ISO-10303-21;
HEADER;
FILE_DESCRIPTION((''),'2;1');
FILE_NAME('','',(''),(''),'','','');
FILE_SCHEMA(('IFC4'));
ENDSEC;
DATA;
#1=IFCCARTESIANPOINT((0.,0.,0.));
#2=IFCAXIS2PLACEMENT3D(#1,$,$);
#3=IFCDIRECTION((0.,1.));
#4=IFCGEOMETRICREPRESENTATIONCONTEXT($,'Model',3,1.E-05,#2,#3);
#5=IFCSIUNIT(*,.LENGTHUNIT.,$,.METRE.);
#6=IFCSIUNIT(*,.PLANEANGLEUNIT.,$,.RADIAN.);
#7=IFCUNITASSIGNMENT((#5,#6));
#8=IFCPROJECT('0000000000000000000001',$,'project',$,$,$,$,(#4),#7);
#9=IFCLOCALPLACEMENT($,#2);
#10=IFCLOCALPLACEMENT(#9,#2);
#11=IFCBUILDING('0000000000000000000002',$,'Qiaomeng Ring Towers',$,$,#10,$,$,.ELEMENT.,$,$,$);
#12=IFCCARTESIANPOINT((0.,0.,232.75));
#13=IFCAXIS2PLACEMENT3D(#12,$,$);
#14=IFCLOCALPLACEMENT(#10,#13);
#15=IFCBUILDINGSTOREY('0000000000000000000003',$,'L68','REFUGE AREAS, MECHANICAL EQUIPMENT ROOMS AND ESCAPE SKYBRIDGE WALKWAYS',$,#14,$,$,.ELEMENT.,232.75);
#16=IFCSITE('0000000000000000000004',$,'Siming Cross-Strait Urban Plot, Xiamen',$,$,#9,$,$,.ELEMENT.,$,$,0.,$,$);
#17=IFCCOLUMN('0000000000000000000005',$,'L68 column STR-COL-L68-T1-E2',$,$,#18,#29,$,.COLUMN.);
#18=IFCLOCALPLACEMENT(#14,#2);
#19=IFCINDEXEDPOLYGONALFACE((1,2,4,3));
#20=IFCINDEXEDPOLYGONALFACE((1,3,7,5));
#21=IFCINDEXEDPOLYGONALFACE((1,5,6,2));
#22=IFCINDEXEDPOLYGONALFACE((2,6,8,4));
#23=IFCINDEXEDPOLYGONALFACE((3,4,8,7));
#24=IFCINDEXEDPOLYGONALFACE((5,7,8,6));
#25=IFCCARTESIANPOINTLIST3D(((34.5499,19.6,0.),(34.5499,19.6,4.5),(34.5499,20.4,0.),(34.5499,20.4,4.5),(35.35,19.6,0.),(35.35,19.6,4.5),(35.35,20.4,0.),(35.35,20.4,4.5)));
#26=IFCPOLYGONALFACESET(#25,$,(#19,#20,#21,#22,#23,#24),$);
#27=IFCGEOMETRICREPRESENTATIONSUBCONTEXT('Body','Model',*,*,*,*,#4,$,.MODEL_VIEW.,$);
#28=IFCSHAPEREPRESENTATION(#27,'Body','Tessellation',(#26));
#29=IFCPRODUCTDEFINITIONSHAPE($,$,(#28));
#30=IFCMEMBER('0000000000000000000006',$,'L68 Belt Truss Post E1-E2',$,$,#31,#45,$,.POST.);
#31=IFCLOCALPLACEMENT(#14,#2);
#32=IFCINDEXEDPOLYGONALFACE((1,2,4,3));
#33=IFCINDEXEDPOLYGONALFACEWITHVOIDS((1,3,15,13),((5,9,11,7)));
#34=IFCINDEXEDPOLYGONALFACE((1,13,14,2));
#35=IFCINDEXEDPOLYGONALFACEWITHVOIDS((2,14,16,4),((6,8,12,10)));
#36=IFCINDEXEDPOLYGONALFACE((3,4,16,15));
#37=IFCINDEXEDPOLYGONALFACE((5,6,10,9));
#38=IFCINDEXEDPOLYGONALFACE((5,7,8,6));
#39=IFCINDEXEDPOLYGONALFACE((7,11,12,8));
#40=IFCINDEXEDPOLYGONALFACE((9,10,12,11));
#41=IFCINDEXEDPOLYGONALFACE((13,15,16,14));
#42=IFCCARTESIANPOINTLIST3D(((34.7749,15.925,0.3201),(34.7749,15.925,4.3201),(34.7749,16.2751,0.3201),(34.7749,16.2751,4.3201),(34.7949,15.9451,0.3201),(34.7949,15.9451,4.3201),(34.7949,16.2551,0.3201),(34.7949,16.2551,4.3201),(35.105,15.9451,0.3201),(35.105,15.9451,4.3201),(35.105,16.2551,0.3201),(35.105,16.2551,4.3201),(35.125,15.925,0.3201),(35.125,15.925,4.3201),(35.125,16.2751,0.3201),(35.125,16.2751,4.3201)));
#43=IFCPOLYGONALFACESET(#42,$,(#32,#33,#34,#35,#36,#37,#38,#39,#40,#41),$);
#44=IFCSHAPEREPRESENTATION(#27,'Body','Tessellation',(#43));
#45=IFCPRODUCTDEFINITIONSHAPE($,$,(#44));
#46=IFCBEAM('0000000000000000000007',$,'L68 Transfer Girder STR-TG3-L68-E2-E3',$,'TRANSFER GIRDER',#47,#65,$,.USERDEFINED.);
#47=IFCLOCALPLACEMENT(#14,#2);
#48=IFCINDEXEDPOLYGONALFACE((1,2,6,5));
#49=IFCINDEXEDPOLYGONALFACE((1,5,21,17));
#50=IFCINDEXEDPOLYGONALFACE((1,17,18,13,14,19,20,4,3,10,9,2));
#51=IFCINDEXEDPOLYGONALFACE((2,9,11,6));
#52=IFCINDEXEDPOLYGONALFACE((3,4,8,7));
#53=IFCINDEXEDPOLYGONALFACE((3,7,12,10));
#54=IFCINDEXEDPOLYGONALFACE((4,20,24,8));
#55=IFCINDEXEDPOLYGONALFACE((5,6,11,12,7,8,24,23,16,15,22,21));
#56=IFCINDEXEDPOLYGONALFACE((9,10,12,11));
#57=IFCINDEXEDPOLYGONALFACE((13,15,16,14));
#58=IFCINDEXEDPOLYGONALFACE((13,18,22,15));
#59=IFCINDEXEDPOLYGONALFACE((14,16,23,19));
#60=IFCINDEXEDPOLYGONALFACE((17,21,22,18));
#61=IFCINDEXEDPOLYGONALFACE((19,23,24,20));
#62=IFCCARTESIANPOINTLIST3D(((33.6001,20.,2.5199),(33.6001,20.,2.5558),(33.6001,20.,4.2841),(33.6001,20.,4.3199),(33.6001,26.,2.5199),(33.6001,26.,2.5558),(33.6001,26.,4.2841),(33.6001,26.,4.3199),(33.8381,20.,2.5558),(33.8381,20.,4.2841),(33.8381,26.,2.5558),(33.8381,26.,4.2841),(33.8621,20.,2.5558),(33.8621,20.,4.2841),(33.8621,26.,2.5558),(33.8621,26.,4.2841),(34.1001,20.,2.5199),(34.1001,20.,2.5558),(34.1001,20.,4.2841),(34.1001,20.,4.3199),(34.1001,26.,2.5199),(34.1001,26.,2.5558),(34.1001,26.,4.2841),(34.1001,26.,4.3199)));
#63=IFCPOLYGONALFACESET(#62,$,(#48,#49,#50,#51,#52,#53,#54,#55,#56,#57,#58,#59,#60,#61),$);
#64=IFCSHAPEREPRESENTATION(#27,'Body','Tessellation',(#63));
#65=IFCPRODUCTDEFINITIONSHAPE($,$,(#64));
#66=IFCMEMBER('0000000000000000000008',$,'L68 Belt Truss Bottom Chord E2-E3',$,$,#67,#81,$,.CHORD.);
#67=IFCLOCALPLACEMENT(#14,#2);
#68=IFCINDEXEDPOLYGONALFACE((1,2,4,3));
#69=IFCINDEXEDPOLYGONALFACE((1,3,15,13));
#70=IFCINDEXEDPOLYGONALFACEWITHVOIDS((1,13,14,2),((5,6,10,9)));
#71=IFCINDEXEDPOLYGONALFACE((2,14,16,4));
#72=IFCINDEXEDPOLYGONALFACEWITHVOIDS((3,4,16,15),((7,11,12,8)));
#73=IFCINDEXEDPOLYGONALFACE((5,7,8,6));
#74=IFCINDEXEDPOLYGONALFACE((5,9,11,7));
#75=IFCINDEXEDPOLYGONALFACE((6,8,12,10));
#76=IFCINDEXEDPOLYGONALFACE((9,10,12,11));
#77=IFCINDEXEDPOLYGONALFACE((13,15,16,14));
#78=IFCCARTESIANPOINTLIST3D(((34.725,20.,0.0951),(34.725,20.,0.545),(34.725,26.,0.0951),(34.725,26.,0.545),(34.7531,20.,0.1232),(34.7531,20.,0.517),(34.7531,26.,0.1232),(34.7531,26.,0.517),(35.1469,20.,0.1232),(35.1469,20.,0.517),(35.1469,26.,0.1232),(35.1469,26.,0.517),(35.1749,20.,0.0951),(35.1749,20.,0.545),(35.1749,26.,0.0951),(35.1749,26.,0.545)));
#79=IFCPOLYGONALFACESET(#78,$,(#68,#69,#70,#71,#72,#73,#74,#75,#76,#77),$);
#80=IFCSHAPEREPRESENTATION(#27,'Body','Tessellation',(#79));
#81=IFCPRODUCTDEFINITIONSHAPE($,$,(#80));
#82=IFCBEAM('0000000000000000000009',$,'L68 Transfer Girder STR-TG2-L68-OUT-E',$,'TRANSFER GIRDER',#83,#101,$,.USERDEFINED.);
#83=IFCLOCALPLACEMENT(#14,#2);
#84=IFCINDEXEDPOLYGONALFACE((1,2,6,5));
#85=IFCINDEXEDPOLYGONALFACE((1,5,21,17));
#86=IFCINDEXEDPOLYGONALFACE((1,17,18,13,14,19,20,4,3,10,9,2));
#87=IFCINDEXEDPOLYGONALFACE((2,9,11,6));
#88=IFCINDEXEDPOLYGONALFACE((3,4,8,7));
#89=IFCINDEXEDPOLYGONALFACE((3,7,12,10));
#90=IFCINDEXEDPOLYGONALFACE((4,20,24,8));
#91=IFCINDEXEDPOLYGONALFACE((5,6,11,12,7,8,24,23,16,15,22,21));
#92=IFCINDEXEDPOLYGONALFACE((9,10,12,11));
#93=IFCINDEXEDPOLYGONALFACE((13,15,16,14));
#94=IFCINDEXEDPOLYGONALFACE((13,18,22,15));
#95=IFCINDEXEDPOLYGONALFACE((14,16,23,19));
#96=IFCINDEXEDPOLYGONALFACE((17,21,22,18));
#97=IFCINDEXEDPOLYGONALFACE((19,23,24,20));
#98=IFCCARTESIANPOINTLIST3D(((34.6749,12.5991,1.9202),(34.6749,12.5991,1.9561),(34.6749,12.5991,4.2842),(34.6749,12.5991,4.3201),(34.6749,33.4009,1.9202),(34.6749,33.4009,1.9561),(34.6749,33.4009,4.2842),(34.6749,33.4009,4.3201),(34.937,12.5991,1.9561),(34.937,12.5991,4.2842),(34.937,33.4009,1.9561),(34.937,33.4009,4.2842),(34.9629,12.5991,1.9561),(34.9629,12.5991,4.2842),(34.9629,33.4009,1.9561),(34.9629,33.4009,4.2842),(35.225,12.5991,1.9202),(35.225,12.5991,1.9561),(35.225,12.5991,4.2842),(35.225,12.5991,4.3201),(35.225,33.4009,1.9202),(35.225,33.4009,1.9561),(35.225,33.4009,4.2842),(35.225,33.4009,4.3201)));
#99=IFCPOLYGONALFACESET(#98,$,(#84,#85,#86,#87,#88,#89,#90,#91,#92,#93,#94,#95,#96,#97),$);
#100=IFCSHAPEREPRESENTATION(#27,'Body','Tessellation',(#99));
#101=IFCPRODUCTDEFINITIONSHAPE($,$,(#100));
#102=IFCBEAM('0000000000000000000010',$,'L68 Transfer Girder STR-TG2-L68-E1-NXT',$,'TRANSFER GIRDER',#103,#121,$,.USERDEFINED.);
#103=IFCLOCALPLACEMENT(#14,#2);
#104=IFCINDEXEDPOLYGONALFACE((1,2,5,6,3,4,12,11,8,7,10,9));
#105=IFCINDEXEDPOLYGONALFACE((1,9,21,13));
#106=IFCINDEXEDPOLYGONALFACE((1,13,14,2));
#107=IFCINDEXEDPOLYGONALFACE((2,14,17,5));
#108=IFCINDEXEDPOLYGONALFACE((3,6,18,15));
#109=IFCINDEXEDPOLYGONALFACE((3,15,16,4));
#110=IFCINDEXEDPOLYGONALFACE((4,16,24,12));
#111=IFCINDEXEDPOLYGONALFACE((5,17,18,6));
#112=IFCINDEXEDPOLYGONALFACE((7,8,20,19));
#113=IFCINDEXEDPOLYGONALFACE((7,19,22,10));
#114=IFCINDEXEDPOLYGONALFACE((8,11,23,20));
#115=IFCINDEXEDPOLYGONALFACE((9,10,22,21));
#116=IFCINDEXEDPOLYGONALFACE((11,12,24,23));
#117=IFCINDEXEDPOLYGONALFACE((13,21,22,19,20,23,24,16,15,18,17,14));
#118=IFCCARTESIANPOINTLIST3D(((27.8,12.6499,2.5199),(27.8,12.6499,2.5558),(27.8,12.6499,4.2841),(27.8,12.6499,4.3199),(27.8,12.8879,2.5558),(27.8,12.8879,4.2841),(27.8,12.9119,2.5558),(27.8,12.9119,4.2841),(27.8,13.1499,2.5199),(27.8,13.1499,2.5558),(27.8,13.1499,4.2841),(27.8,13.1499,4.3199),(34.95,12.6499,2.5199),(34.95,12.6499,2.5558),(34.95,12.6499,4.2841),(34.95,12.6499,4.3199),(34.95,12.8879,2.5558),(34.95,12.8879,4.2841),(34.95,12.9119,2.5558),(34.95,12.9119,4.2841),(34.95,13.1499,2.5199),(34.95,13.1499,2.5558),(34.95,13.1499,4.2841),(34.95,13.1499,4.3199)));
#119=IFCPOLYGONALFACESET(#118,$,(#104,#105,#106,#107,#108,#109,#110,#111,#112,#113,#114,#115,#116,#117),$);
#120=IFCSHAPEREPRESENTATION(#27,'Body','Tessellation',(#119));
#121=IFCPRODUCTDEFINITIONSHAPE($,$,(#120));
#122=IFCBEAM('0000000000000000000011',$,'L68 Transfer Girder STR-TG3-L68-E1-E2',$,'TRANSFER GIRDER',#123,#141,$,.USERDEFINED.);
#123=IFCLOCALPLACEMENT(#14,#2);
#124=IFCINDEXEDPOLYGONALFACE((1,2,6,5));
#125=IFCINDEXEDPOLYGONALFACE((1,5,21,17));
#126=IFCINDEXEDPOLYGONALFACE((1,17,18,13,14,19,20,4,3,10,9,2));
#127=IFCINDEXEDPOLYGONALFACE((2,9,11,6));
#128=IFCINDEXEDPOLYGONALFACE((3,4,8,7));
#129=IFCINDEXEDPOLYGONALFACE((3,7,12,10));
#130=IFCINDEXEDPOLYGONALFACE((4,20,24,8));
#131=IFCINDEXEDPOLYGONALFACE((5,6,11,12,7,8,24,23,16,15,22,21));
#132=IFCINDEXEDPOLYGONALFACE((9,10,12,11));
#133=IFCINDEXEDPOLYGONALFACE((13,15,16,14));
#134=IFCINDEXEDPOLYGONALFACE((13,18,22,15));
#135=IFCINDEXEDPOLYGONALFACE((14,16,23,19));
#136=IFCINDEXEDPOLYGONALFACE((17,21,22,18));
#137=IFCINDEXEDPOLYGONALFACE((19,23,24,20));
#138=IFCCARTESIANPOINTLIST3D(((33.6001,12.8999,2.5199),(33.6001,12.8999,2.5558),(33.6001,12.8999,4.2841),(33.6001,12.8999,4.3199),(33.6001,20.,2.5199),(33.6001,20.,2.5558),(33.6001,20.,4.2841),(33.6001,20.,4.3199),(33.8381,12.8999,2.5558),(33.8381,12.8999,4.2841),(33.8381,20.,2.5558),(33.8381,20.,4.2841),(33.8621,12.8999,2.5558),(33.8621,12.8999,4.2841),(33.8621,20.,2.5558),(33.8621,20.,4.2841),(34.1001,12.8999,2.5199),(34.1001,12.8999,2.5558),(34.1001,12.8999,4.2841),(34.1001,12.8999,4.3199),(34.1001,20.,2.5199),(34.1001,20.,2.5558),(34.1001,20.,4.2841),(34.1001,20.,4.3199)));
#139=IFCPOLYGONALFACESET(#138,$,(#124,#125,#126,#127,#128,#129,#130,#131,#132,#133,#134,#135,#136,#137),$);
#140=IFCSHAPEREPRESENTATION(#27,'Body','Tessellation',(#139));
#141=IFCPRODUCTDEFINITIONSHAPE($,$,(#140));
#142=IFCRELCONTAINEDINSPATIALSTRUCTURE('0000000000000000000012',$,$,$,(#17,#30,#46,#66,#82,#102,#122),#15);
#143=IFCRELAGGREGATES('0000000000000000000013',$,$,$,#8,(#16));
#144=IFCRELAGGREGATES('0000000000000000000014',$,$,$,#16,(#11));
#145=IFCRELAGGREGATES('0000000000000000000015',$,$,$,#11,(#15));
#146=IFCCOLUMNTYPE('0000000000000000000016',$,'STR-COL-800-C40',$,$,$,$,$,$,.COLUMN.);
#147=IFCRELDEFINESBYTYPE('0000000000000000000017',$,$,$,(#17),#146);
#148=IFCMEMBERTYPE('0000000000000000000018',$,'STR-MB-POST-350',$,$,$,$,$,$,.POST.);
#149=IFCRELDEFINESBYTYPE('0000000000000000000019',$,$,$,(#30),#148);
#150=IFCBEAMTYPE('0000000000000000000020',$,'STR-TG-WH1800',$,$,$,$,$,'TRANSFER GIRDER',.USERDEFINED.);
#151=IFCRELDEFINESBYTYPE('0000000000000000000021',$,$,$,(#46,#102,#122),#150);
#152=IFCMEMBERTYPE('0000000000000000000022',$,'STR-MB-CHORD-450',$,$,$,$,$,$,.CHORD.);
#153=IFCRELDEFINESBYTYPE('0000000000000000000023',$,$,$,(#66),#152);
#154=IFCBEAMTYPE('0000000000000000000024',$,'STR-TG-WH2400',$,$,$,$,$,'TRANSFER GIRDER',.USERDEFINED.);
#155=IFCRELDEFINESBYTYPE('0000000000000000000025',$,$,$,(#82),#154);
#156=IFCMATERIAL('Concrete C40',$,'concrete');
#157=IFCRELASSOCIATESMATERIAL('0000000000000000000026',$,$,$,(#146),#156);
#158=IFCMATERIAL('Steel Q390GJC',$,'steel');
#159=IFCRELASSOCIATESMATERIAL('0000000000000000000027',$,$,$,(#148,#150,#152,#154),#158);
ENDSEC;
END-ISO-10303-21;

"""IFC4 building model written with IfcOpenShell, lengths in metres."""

from ifc_helpers import new_model, si_unit, direction, frame, origin, origin_2d, place, context, subcontext, project, spatial, rectangle, hollow_rectangle, i_section, extrude, source, transform, mapped, material, material_profile, profile_set, type_object, element, save


model = new_model("IFC4")

# Units and contexts
model_context = context("Model", 3, precision=1e-05, world=origin(), true_north=direction((0.0, 1.0)))
body_context = subcontext(model_context, "Body", "Model", "MODEL_VIEW")
ifc_project = project(units=[si_unit("LENGTHUNIT", "METRE"), si_unit("PLANEANGLEUNIT", "RADIAN")], contexts=[model_context])

# Site, building, storey
site_placement = place(None, origin())
site = spatial("IfcSite", under=ifc_project, at=site_placement, Name="Siming Cross-Strait Urban Plot, Xiamen", CompositionType="ELEMENT", RefElevation=0.0)
building_placement = place(site_placement, origin())
building = spatial("IfcBuilding", under=site, at=building_placement, Name="Qiaomeng Ring Towers", CompositionType="ELEMENT")
storey_placement = place(building_placement, frame((0.0, 0.0, 232.75)))
storey = spatial("IfcBuildingStorey", under=building, at=storey_placement, Name="L68", Description="REFUGE AREAS, MECHANICAL EQUIPMENT ROOMS AND ESCAPE SKYBRIDGE WALKWAYS", CompositionType="ELEMENT", Elevation=232.75)

# Column
ifc_material_1 = material(Name="Concrete C40", Category="concrete")
ifc_material_profile_1 = material_profile(ifc_material_1, rectangle(XDim=0.8, YDim=0.8, at=origin_2d()), Name="RC COL 800x800")
ifc_profile_set_1 = profile_set([ifc_material_profile_1], Name="Concrete C40")
column_type = type_object("IfcColumnType", Name="STR-COL-800-C40", PredefinedType="COLUMN", material=ifc_profile_set_1)
shared_shape_1 = source(origin(), body_context, "Body", "SweptSolid", [
    extrude(rectangle(XDim=0.8, YDim=0.8, at=origin_2d()), origin(), (0.0, 0.0, 1.0), 4.5),
])
column_placement = place(storey_placement, frame((34.95, 20.0, 0.0), z_axis=(0.0, 0.0, 1.0), x_axis=(1.0, 0.0, 0.0)))
element("IfcColumn", 1, at=column_placement, inside=storey, type_object=column_type, Name="L68 column STR-COL-L68-T1-E2", PredefinedType="COLUMN", context=body_context, shape_type="MappedRepresentation", body=[
    mapped(shared_shape_1, transform((0.0, 0.0, 0.0), x_axis=(1.0, 0.0, 0.0), y_axis=(0.0, 1.0, 0.0), z_axis=(0.0, 0.0, 1.0), scale=1.0)),
])

# Member
ifc_material_2 = material(Name="Steel Q390GJC", Category="steel")
ifc_material_profile_2 = material_profile(ifc_material_2, hollow_rectangle(XDim=0.3501, YDim=0.3501, WallThickness=0.02, at=origin_2d()), Name="SHS 350x350x20")
ifc_profile_set_2 = profile_set([ifc_material_profile_2], Name="Steel Q390GJC")
member_type_1 = type_object("IfcMemberType", Name="STR-MB-POST-350", PredefinedType="POST", material=ifc_profile_set_2)
shared_shape_2 = source(origin(), body_context, "Body", "SweptSolid", [
    extrude(hollow_rectangle(XDim=0.3501, YDim=0.3501, WallThickness=0.02, at=origin_2d()), origin(), (0.0, 0.0, 1.0), 4.0),
])
member_1_placement = place(storey_placement, frame((34.95, 16.1001, 0.3201), z_axis=(0.0, 0.0, 1.0), x_axis=(1.0, 0.0, 0.0)))
element("IfcMember", 2, at=member_1_placement, inside=storey, type_object=member_type_1, Name="L68 Belt Truss Post E1-E2", PredefinedType="POST", context=body_context, shape_type="MappedRepresentation", body=[
    mapped(shared_shape_2, transform((0.0, 0.0, 0.0), x_axis=(1.0, 0.0, 0.0), y_axis=(0.0, 1.0, 0.0), z_axis=(0.0, 0.0, 1.0), scale=1.0)),
])

# Beam
ifc_material_profile_3 = material_profile(ifc_material_2, i_section(OverallWidth=0.5, OverallDepth=1.8, WebThickness=0.0239, FlangeThickness=0.0359, at=origin_2d()), Name="WH 1800x500x24x36")
ifc_profile_set_3 = profile_set([ifc_material_profile_3], Name="Steel Q390GJC")
beam_type_1 = type_object("IfcBeamType", Name="STR-TG-WH1800", ElementType="TRANSFER GIRDER", PredefinedType="USERDEFINED", material=ifc_profile_set_3)
shared_shape_3 = source(origin(), body_context, "Body", "SweptSolid", [
    extrude(i_section(OverallWidth=0.5, OverallDepth=1.8, WebThickness=0.0239, FlangeThickness=0.0359, at=origin_2d()), origin(), (0.0, 0.0, 1.0), 6.0),
])
beam_1_placement = place(storey_placement, frame((33.8501, 20.0, 3.4199), z_axis=(0.0, 1.0, 0.0), x_axis=(-1.0, 0.0, 0.0)))
element("IfcBeam", 3, at=beam_1_placement, inside=storey, type_object=beam_type_1, Name="L68 Transfer Girder STR-TG3-L68-E2-E3", ObjectType="TRANSFER GIRDER", PredefinedType="USERDEFINED", context=body_context, shape_type="MappedRepresentation", body=[
    mapped(shared_shape_3, transform((0.0, 0.0, 0.0), x_axis=(1.0, 0.0, 0.0), y_axis=(0.0, 1.0, 0.0), z_axis=(0.0, 0.0, 1.0), scale=1.0)),
])

# Member
ifc_material_profile_4 = material_profile(ifc_material_2, hollow_rectangle(XDim=0.45, YDim=0.45, WallThickness=0.0281, at=origin_2d()), Name="SHS 450x450x28")
ifc_profile_set_4 = profile_set([ifc_material_profile_4], Name="Steel Q390GJC")
member_type_2 = type_object("IfcMemberType", Name="STR-MB-CHORD-450", PredefinedType="CHORD", material=ifc_profile_set_4)
shared_shape_4 = source(origin(), body_context, "Body", "SweptSolid", [
    extrude(hollow_rectangle(XDim=0.45, YDim=0.45, WallThickness=0.0281, at=origin_2d()), origin(), (0.0, 0.0, 1.0), 6.0),
])
member_2_placement = place(storey_placement, frame((34.95, 20.0, 0.3201), z_axis=(0.0, 1.0, 0.0), x_axis=(-1.0, 0.0, 0.0)))
element("IfcMember", 4, at=member_2_placement, inside=storey, type_object=member_type_2, Name="L68 Belt Truss Bottom Chord E2-E3", PredefinedType="CHORD", context=body_context, shape_type="MappedRepresentation", body=[
    mapped(shared_shape_4, transform((0.0, 0.0, 0.0), x_axis=(1.0, 0.0, 0.0), y_axis=(0.0, 1.0, 0.0), z_axis=(0.0, 0.0, 1.0), scale=1.0)),
])

# Beams
ifc_material_profile_5 = material_profile(ifc_material_2, i_section(OverallWidth=0.55, OverallDepth=2.3999, WebThickness=0.0259, FlangeThickness=0.0359, at=origin_2d()), Name="WH 2400x550x26x36")
ifc_profile_set_5 = profile_set([ifc_material_profile_5], Name="Steel Q390GJC")
beam_type_2 = type_object("IfcBeamType", Name="STR-TG-WH2400", ElementType="TRANSFER GIRDER", PredefinedType="USERDEFINED", material=ifc_profile_set_5)
shared_shape_5 = source(origin(), body_context, "Body", "SweptSolid", [
    extrude(i_section(OverallWidth=0.55, OverallDepth=2.3999, WebThickness=0.0259, FlangeThickness=0.0359, at=origin_2d()), origin(), (0.0, 0.0, 1.0), 20.8018),
])
beam_2_placement = place(storey_placement, frame((34.95, 12.5991, 3.1201), z_axis=(0.0, 1.0, 0.0), x_axis=(-1.0, 0.0, 0.0)))
element("IfcBeam", 5, at=beam_2_placement, inside=storey, type_object=beam_type_2, Name="L68 Transfer Girder STR-TG2-L68-OUT-E", ObjectType="TRANSFER GIRDER", PredefinedType="USERDEFINED", context=body_context, shape_type="MappedRepresentation", body=[
    mapped(shared_shape_5, transform((0.0, 0.0, 0.0), x_axis=(1.0, 0.0, 0.0), y_axis=(0.0, 1.0, 0.0), z_axis=(0.0, 0.0, 1.0), scale=1.0)),
])
shared_shape_6 = source(origin(), body_context, "Body", "SweptSolid", [
    extrude(i_section(OverallWidth=0.5, OverallDepth=1.8, WebThickness=0.0239, FlangeThickness=0.0359, at=origin_2d()), origin(), (0.0, 0.0, 1.0), 7.1499),
])
beam_3_placement = place(storey_placement, frame((27.8, 12.8999, 3.4199), z_axis=(1.0, 0.0, 0.0), x_axis=(0.0, 1.0, 0.0)))
element("IfcBeam", 6, at=beam_3_placement, inside=storey, type_object=beam_type_1, Name="L68 Transfer Girder STR-TG2-L68-E1-NXT", ObjectType="TRANSFER GIRDER", PredefinedType="USERDEFINED", context=body_context, shape_type="MappedRepresentation", body=[
    mapped(shared_shape_6, transform((0.0, 0.0, 0.0), x_axis=(1.0, 0.0, 0.0), y_axis=(0.0, 1.0, 0.0), z_axis=(0.0, 0.0, 1.0), scale=1.0)),
])
shared_shape_7 = source(origin(), body_context, "Body", "SweptSolid", [
    extrude(i_section(OverallWidth=0.5, OverallDepth=1.8, WebThickness=0.0239, FlangeThickness=0.0359, at=origin_2d()), origin(), (0.0, 0.0, 1.0), 7.1001),
])
beam_4_placement = place(storey_placement, frame((33.8501, 12.8999, 3.4199), z_axis=(0.0, 1.0, 0.0), x_axis=(-1.0, 0.0, 0.0)))
element("IfcBeam", 7, at=beam_4_placement, inside=storey, type_object=beam_type_1, Name="L68 Transfer Girder STR-TG3-L68-E1-E2", ObjectType="TRANSFER GIRDER", PredefinedType="USERDEFINED", context=body_context, shape_type="MappedRepresentation", body=[
    mapped(shared_shape_7, transform((0.0, 0.0, 0.0), x_axis=(1.0, 0.0, 0.0), y_axis=(0.0, 1.0, 0.0), z_axis=(0.0, 0.0, 1.0), scale=1.0)),
])

save(model, "model.ifc")
